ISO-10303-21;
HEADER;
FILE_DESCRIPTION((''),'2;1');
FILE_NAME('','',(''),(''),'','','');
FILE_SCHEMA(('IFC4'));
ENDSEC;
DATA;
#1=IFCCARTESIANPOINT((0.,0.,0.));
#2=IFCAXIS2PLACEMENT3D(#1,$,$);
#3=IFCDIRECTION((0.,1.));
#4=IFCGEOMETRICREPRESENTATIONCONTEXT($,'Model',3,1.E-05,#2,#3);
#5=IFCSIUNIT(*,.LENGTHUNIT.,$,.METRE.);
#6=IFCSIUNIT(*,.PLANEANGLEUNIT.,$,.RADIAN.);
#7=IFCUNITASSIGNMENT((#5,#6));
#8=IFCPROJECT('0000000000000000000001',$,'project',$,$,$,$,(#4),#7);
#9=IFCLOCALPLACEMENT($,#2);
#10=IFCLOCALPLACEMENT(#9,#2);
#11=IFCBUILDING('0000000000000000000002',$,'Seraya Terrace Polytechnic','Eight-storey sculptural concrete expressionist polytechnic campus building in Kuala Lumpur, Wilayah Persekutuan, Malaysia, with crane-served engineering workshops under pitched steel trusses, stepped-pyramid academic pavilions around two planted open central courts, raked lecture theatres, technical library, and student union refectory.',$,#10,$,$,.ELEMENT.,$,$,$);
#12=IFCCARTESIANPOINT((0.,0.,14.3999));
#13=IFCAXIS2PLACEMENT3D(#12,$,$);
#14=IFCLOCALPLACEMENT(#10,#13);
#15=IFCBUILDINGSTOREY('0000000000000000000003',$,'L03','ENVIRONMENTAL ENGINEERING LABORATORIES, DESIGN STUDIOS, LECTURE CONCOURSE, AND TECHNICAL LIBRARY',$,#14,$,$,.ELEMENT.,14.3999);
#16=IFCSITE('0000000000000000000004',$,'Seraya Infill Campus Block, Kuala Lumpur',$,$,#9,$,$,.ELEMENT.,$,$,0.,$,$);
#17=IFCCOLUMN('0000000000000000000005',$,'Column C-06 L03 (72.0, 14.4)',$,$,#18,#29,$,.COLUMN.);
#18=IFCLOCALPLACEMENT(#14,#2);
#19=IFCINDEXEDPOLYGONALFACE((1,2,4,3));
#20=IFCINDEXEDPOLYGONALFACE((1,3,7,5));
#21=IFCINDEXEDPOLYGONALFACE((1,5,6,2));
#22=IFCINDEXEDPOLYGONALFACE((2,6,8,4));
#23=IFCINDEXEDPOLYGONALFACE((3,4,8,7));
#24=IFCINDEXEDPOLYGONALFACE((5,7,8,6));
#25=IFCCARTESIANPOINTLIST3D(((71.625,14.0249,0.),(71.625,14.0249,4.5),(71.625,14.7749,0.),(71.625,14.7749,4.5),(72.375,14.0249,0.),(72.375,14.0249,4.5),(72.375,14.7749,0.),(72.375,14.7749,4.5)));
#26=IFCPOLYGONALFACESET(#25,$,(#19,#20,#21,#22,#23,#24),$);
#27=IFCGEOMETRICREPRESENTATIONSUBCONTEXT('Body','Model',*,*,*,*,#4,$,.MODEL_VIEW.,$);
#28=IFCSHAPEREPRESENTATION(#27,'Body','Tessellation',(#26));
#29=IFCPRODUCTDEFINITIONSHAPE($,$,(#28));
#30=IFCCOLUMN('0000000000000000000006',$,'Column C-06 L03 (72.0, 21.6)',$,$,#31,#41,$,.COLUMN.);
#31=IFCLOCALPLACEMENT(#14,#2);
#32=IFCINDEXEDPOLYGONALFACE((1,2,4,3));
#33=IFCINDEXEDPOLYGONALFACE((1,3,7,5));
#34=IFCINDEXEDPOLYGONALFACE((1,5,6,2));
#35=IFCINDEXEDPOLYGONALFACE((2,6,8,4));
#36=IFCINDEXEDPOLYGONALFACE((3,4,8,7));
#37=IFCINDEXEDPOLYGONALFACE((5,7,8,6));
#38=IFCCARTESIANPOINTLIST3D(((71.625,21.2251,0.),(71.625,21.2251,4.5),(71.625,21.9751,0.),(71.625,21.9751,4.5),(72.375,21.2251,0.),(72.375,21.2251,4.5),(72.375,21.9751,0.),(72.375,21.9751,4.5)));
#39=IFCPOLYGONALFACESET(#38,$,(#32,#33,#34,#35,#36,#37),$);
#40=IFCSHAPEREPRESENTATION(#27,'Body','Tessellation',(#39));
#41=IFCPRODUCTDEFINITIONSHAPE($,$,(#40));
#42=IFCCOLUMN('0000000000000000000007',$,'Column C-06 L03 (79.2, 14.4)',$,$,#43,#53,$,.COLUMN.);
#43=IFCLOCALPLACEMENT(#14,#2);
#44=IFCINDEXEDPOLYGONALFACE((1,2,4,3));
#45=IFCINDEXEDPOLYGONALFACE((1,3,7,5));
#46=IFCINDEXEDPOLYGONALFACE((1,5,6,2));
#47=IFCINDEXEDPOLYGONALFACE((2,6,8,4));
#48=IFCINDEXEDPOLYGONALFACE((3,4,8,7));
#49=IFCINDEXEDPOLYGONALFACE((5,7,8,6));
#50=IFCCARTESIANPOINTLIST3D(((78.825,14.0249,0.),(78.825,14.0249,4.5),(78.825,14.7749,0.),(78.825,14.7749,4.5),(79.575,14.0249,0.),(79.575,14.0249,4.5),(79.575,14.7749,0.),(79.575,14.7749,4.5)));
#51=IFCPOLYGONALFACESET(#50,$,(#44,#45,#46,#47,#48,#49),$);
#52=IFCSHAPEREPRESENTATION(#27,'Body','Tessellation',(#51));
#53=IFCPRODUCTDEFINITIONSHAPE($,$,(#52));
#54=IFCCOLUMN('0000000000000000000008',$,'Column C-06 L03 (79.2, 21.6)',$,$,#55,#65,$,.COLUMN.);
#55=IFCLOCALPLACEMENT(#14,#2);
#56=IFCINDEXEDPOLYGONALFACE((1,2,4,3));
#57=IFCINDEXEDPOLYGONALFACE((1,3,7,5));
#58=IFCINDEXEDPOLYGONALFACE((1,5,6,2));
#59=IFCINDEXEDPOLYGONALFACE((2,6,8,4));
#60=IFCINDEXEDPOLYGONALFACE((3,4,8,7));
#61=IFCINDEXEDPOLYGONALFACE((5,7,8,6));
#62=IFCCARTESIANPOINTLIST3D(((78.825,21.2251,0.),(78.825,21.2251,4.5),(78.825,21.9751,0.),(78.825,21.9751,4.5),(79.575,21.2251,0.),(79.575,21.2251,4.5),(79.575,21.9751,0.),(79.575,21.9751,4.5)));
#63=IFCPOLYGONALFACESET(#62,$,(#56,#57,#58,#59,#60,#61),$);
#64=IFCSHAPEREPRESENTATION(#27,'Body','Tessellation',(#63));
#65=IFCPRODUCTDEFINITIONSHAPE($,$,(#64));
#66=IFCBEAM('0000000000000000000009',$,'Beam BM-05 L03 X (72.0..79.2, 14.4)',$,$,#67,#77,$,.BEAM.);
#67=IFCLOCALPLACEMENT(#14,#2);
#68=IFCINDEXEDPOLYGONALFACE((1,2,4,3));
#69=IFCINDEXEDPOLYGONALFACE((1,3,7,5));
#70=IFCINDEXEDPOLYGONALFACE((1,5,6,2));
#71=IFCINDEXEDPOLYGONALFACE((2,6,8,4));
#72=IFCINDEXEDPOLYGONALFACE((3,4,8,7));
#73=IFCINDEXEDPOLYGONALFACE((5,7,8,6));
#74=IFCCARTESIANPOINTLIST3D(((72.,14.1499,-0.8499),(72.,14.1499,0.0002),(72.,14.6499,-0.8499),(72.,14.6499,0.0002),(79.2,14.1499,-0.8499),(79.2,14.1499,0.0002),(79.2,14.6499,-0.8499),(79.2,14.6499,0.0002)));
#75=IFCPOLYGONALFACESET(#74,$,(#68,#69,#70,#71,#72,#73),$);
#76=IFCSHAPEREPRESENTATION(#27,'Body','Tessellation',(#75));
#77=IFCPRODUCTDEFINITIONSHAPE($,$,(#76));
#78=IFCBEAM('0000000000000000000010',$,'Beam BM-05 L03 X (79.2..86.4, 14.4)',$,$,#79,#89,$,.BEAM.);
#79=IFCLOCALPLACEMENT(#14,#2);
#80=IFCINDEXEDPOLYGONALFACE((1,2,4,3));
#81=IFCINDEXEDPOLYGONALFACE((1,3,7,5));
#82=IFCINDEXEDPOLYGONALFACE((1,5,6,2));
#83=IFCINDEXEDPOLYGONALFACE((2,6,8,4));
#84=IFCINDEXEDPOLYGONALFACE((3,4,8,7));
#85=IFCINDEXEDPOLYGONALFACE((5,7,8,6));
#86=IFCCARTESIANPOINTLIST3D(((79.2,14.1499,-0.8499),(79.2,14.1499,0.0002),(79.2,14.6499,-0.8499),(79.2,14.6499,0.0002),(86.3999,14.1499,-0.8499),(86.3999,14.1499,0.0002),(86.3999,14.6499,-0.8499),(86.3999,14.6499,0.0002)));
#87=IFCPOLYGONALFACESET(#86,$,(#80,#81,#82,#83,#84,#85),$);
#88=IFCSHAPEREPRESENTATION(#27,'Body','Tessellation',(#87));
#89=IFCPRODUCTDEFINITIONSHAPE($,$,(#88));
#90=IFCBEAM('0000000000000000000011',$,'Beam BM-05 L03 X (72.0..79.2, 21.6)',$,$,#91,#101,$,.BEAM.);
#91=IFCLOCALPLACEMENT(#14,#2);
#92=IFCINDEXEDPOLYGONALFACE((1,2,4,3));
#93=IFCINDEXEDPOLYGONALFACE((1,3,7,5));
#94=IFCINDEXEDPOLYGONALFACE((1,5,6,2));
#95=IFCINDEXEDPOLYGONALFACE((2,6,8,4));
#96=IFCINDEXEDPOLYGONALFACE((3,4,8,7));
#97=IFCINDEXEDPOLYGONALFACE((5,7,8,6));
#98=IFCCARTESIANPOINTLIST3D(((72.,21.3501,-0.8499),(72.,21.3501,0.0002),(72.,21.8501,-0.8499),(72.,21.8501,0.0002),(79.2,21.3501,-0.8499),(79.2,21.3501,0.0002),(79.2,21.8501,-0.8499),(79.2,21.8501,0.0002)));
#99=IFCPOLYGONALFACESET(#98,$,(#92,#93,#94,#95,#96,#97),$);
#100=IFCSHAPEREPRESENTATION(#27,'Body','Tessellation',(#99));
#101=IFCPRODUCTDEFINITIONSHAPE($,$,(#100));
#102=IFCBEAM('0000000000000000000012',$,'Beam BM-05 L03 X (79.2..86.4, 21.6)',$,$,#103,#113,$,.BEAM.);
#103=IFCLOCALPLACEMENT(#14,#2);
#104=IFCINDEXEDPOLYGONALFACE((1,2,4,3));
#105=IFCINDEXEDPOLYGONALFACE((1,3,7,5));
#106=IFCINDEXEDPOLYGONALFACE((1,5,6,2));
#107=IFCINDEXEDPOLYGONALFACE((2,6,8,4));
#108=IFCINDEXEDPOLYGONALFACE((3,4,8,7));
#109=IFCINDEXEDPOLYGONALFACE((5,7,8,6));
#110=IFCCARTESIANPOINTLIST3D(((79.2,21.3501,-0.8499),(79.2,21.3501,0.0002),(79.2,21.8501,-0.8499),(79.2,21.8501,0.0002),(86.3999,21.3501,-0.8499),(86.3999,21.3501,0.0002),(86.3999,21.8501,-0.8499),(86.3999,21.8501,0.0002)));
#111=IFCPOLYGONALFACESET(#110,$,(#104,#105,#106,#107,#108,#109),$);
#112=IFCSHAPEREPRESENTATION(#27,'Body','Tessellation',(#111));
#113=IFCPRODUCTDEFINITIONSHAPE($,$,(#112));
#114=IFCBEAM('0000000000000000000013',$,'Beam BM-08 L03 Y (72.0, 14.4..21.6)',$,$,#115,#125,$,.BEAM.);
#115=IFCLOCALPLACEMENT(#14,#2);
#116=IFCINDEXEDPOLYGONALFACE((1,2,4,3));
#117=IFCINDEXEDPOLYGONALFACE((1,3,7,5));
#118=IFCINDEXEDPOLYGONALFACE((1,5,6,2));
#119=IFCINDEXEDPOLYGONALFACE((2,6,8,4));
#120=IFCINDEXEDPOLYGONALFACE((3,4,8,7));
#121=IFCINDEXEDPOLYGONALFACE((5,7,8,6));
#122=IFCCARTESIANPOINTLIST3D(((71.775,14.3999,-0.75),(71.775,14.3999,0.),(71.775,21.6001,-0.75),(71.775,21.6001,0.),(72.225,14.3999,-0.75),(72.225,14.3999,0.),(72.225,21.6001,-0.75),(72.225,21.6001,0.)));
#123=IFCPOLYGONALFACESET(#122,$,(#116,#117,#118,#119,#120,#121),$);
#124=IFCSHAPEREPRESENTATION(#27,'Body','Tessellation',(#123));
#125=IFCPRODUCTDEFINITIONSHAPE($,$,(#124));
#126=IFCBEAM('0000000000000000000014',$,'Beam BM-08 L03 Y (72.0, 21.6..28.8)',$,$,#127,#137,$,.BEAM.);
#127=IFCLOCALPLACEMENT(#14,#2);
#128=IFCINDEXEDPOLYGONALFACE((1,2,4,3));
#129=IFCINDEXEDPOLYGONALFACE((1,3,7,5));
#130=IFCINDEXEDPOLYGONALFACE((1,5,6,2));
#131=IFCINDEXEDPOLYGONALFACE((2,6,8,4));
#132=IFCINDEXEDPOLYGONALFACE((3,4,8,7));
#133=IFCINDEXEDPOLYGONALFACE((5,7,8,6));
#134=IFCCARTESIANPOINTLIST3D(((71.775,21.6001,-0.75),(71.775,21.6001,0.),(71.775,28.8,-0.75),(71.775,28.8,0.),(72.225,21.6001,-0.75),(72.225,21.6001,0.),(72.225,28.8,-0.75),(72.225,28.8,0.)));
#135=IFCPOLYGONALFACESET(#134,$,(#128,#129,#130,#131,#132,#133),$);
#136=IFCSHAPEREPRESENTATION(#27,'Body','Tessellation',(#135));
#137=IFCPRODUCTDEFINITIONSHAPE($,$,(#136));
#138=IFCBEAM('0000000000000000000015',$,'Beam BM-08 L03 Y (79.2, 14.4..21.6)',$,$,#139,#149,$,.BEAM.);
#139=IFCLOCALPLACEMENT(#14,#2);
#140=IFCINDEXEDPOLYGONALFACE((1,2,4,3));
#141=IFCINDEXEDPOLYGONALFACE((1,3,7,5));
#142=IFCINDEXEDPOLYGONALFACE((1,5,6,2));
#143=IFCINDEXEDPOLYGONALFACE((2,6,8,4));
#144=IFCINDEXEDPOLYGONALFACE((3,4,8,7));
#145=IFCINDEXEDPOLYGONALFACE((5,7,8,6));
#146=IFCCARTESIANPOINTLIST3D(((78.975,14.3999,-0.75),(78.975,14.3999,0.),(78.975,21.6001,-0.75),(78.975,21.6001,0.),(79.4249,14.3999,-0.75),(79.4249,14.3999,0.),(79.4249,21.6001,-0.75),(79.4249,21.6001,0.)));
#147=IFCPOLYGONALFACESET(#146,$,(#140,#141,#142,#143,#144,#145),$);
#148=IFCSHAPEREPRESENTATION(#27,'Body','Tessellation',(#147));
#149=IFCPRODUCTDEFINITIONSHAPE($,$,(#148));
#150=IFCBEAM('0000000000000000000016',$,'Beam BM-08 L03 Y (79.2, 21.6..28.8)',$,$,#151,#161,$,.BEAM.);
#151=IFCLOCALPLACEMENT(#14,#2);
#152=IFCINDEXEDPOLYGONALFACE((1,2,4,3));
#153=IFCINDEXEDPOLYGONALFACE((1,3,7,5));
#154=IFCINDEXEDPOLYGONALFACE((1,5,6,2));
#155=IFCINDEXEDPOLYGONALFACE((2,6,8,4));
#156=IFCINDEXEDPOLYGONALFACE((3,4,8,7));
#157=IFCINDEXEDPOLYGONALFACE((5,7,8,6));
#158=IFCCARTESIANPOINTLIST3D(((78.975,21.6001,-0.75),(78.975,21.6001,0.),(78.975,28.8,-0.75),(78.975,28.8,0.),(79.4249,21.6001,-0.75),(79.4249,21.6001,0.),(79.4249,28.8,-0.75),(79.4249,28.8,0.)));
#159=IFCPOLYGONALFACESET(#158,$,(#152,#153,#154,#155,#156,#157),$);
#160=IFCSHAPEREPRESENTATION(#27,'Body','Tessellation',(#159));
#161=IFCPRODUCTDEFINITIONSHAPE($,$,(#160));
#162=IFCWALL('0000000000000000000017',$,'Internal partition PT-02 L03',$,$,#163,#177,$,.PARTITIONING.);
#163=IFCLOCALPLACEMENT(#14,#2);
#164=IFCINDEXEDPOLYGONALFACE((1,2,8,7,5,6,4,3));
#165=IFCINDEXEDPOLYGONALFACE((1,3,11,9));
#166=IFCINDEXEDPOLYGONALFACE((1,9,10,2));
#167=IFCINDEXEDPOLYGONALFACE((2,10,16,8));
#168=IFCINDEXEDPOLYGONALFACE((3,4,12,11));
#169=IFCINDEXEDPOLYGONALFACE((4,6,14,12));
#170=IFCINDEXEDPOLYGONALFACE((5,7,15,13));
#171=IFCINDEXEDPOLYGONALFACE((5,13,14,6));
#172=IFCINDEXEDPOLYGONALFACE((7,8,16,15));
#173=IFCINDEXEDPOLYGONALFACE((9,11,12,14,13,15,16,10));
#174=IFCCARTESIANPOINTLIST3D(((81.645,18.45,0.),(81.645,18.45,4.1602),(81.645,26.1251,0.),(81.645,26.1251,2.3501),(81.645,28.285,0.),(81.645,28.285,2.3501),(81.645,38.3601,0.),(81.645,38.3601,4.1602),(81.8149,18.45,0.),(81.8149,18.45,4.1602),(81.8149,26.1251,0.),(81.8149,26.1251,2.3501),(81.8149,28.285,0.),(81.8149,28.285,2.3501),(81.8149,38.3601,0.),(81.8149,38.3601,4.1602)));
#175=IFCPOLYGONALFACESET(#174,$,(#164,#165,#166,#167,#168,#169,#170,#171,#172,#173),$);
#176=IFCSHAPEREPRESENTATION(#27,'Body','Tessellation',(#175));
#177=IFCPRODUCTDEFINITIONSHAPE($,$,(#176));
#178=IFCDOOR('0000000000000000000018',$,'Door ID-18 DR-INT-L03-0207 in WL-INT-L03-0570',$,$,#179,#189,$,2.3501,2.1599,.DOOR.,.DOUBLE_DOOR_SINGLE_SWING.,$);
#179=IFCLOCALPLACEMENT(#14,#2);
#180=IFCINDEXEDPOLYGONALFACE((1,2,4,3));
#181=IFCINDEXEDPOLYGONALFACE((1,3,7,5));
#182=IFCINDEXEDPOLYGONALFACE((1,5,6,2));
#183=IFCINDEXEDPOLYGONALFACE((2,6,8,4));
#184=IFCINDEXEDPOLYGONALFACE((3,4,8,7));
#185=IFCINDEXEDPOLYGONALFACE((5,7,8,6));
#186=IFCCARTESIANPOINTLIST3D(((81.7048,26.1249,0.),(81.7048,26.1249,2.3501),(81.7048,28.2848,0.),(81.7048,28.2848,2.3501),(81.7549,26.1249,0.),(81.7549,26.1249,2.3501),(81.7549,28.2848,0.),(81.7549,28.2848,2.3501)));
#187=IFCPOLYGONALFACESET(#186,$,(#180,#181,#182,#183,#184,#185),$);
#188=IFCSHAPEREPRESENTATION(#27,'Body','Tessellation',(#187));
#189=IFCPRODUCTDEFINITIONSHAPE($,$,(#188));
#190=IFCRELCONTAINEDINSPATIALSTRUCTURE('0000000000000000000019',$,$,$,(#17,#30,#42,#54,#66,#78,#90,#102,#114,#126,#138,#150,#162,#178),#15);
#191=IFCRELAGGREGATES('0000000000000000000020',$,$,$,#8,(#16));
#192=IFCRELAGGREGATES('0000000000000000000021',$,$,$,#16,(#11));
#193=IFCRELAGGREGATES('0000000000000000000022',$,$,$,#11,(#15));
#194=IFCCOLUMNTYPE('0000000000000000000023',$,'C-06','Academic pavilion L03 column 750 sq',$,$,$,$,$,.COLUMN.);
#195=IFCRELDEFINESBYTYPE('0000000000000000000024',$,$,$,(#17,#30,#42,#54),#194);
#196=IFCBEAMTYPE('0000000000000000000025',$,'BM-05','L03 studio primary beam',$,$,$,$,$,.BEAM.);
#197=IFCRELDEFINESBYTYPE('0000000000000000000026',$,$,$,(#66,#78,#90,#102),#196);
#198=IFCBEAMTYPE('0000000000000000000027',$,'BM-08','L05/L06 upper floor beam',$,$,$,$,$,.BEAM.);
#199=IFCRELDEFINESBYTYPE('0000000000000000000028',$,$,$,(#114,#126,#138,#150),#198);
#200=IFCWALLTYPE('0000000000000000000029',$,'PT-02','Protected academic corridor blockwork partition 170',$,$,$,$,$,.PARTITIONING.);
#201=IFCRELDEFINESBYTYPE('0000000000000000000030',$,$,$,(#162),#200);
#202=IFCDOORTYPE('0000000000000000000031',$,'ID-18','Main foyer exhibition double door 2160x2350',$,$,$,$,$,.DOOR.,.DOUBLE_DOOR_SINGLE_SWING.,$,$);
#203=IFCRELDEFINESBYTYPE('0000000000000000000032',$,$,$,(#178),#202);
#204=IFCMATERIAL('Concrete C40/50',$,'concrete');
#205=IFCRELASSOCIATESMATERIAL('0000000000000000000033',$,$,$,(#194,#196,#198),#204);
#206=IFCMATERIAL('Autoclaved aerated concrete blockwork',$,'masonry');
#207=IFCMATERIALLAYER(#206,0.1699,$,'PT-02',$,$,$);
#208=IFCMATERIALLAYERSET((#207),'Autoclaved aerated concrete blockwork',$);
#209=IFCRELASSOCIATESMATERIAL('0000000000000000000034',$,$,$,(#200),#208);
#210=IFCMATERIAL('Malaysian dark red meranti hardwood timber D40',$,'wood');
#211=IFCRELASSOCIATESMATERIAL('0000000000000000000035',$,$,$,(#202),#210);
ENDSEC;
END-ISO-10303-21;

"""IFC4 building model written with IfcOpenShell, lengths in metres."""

from ifc_helpers import new_model, si_unit, direction, frame, frame_2d, origin, origin_2d, place, context, subcontext, project, spatial, rectangle, extrude, material, layer, layer_set, material_profile, profile_set, type_object, element, fill, save


model = new_model("IFC4")

# Units and contexts
model_context = context("Model", 3, precision=1e-05, world=origin(), true_north=direction((0.0, 1.0)))
body_context = subcontext(model_context, "Body", "Model", "MODEL_VIEW")
ifc_project = project(units=[si_unit("LENGTHUNIT", "METRE"), si_unit("PLANEANGLEUNIT", "RADIAN")], contexts=[model_context])

# Site, building, storey
site_placement = place(None, origin())
site = spatial("IfcSite", under=ifc_project, at=site_placement, Name="Seraya Infill Campus Block, Kuala Lumpur", CompositionType="ELEMENT", RefElevation=0.0)
building_placement = place(site_placement, origin())
building = spatial("IfcBuilding", under=site, at=building_placement, Name="Seraya Terrace Polytechnic", Description="Eight-storey sculptural concrete expressionist polytechnic campus building in Kuala Lumpur, Wilayah Persekutuan, Malaysia, with crane-served engineering workshops under pitched steel trusses, stepped-pyramid academic pavilions around two planted open central courts, raked lecture theatres, technical library, and student union refectory.", CompositionType="ELEMENT")
storey_placement = place(building_placement, frame((0.0, 0.0, 14.3999)))
storey = spatial("IfcBuildingStorey", under=building, at=storey_placement, Name="L03", Description="ENVIRONMENTAL ENGINEERING LABORATORIES, DESIGN STUDIOS, LECTURE CONCOURSE, AND TECHNICAL LIBRARY", CompositionType="ELEMENT", Elevation=14.3999)

# Columns
ifc_material_1 = material(Name="Concrete C40/50", Category="concrete")
ifc_material_profile_1 = material_profile(ifc_material_1, rectangle(XDim=0.75, YDim=0.75, at=origin_2d()), Name="RC 750x750")
ifc_profile_set_1 = profile_set([ifc_material_profile_1], Name="Concrete C40/50")
column_type = type_object("IfcColumnType", Name="C-06", Description="Academic pavilion L03 column 750 sq", PredefinedType="COLUMN", material=ifc_profile_set_1)
for number, where, z_axis, x_axis, name in (
    (1, (72.0, 14.3999, 0.0), (0.0, 0.0, 1.0), (1.0, 0.0, 0.0), "Column C-06 L03 (72.0, 14.4)"),
    (2, (72.0, 21.6001, 0.0), (0.0, 0.0, 1.0), (1.0, 0.0, 0.0), "Column C-06 L03 (72.0, 21.6)"),
    (3, (79.2, 14.3999, 0.0), (0.0, 0.0, 1.0), (1.0, 0.0, 0.0), "Column C-06 L03 (79.2, 14.4)"),
    (4, (79.2, 21.6001, 0.0), (0.0, 0.0, 1.0), (1.0, 0.0, 0.0), "Column C-06 L03 (79.2, 21.6)"),
):
    element("IfcColumn", number, at=place(storey_placement, frame(where, z_axis=z_axis, x_axis=x_axis)), inside=storey, type_object=column_type, Name=name, PredefinedType="COLUMN", context=body_context, shape_type="SweptSolid", body=[
        extrude(rectangle(XDim=0.75, YDim=0.75, at=origin_2d()), origin(), (0.0, 0.0, 1.0), 4.5),
    ])

# Beams
ifc_material_profile_2 = material_profile(ifc_material_1, rectangle(XDim=0.5, YDim=0.8501, at=origin_2d()), Name="RC 500x850")
ifc_profile_set_2 = profile_set([ifc_material_profile_2], Name="Concrete C40/50")
beam_type_1 = type_object("IfcBeamType", Name="BM-05", Description="L03 studio primary beam", PredefinedType="BEAM", material=ifc_profile_set_2)
for number, where, z_axis, x_axis, name in (
    (5, (72.0, 14.3999, -0.4248), (1.0, 0.0, 0.0), (0.0, 1.0, 0.0), "Beam BM-05 L03 X (72.0..79.2, 14.4)"),
    (6, (79.2, 14.3999, -0.4248), (1.0, 0.0, 0.0), (0.0, 1.0, 0.0), "Beam BM-05 L03 X (79.2..86.4, 14.4)"),
    (7, (72.0, 21.6001, -0.4248), (1.0, 0.0, 0.0), (0.0, 1.0, 0.0), "Beam BM-05 L03 X (72.0..79.2, 21.6)"),
    (8, (79.2, 21.6001, -0.4248), (1.0, 0.0, 0.0), (0.0, 1.0, 0.0), "Beam BM-05 L03 X (79.2..86.4, 21.6)"),
):
    element("IfcBeam", number, at=place(storey_placement, frame(where, z_axis=z_axis, x_axis=x_axis)), inside=storey, type_object=beam_type_1, Name=name, PredefinedType="BEAM", context=body_context, shape_type="SweptSolid", body=[
        extrude(rectangle(XDim=0.5, YDim=0.8501, at=origin_2d()), origin(), (0.0, 0.0, 1.0), 7.2),
    ])
ifc_material_profile_3 = material_profile(ifc_material_1, rectangle(XDim=0.45, YDim=0.75, at=origin_2d()), Name="RC 450x750")
ifc_profile_set_3 = profile_set([ifc_material_profile_3], Name="Concrete C40/50")
beam_type_2 = type_object("IfcBeamType", Name="BM-08", Description="L05/L06 upper floor beam", PredefinedType="BEAM", material=ifc_profile_set_3)
beam_1_placement = place(storey_placement, frame((72.0, 14.3999, -0.375), z_axis=(0.0, 1.0, 0.0), x_axis=(-1.0, 0.0, 0.0)))
element("IfcBeam", 9, at=beam_1_placement, inside=storey, type_object=beam_type_2, Name="Beam BM-08 L03 Y (72.0, 14.4..21.6)", PredefinedType="BEAM", context=body_context, shape_type="SweptSolid", body=[
    extrude(rectangle(XDim=0.45, YDim=0.75, at=origin_2d()), origin(), (0.0, 0.0, 1.0), 7.2002),
])
beam_2_placement = place(storey_placement, frame((72.0, 21.6001, -0.375), z_axis=(0.0, 1.0, 0.0), x_axis=(-1.0, 0.0, 0.0)))
element("IfcBeam", 10, at=beam_2_placement, inside=storey, type_object=beam_type_2, Name="Beam BM-08 L03 Y (72.0, 21.6..28.8)", PredefinedType="BEAM", context=body_context, shape_type="SweptSolid", body=[
    extrude(rectangle(XDim=0.45, YDim=0.75, at=origin_2d()), origin(), (0.0, 0.0, 1.0), 7.2),
])
beam_3_placement = place(storey_placement, frame((79.2, 14.3999, -0.375), z_axis=(0.0, 1.0, 0.0), x_axis=(-1.0, 0.0, 0.0)))
element("IfcBeam", 11, at=beam_3_placement, inside=storey, type_object=beam_type_2, Name="Beam BM-08 L03 Y (79.2, 14.4..21.6)", PredefinedType="BEAM", context=body_context, shape_type="SweptSolid", body=[
    extrude(rectangle(XDim=0.45, YDim=0.75, at=origin_2d()), origin(), (0.0, 0.0, 1.0), 7.2002),
])
beam_4_placement = place(storey_placement, frame((79.2, 21.6001, -0.375), z_axis=(0.0, 1.0, 0.0), x_axis=(-1.0, 0.0, 0.0)))
element("IfcBeam", 12, at=beam_4_placement, inside=storey, type_object=beam_type_2, Name="Beam BM-08 L03 Y (79.2, 21.6..28.8)", PredefinedType="BEAM", context=body_context, shape_type="SweptSolid", body=[
    extrude(rectangle(XDim=0.45, YDim=0.75, at=origin_2d()), origin(), (0.0, 0.0, 1.0), 7.2),
])

# Wall, opening, door
ifc_material_2 = material(Name="Autoclaved aerated concrete blockwork", Category="masonry")
ifc_layer_1 = layer(ifc_material_2, 0.1699, Name="PT-02")
ifc_layer_set_1 = layer_set([ifc_layer_1], Name="Autoclaved aerated concrete blockwork")
wall_type_1 = type_object("IfcWallType", Name="PT-02", Description="Protected academic corridor blockwork partition 170", PredefinedType="PARTITIONING", material=ifc_layer_set_1)
wall_1_placement = place(storey_placement, frame((81.73, 18.45, 0.0), z_axis=(0.0, 0.0, 1.0), x_axis=(0.0, 1.0, 0.0)))
wall_1 = element("IfcWall", 13, at=wall_1_placement, inside=storey, type_object=wall_type_1, Name="Internal partition PT-02 L03", PredefinedType="PARTITIONING", context=body_context, shape_type="SweptSolid", body=[
    extrude(rectangle(XDim=19.9102, YDim=0.1699, at=frame_2d((9.9551, 0.0))), origin(), (0.0, 0.0, 1.0), 4.1602),
])
opening_1_placement = place(wall_1_placement, frame((7.675, 0.0, 0.0)))
opening_1 = element("IfcOpeningElement", 14, at=opening_1_placement, cuts=wall_1, PredefinedType="OPENING", context=body_context, shape_type="SweptSolid", body=[
    extrude(rectangle(XDim=2.1599, YDim=2.3501, at=frame_2d((1.0801, 1.175))), frame((0.0, 0.0969, 0.0), z_axis=(0.0, -1.0, 0.0), x_axis=(1.0, 0.0, 0.0)), (0.0, 0.0, 1.0), 0.1938),
])
ifc_material_3 = material(Name="Malaysian dark red meranti hardwood timber D40", Category="wood")
door_type_1 = type_object("IfcDoorType", Name="ID-18", Description="Main foyer exhibition double door 2160x2350", OperationType="DOUBLE_DOOR_SINGLE_SWING", PredefinedType="DOOR", material=ifc_material_3)
door_1_placement = place(opening_1_placement, frame((2.1599, 0.0, 0.0), z_axis=(0.0, 0.0, 1.0), x_axis=(-1.0, 0.0, 0.0)))
door_1 = element("IfcDoor", 15, at=door_1_placement, inside=storey, type_object=door_type_1, Name="Door ID-18 DR-INT-L03-0207 in WL-INT-L03-0570", OperationType="DOUBLE_DOOR_SINGLE_SWING", OverallHeight=2.3501, OverallWidth=2.1599, PredefinedType="DOOR", context=body_context, shape_type="SweptSolid", body=[
    extrude(rectangle(XDim=2.1599, YDim=2.3501, at=frame_2d((1.0801, 1.175))), frame((0.0, 0.0249, 0.0), z_axis=(0.0, -1.0, 0.0), x_axis=(1.0, 0.0, 0.0)), (0.0, 0.0, 1.0), 0.05),
])
fill(opening_1, door_1)

save(model, "model.ifc")
